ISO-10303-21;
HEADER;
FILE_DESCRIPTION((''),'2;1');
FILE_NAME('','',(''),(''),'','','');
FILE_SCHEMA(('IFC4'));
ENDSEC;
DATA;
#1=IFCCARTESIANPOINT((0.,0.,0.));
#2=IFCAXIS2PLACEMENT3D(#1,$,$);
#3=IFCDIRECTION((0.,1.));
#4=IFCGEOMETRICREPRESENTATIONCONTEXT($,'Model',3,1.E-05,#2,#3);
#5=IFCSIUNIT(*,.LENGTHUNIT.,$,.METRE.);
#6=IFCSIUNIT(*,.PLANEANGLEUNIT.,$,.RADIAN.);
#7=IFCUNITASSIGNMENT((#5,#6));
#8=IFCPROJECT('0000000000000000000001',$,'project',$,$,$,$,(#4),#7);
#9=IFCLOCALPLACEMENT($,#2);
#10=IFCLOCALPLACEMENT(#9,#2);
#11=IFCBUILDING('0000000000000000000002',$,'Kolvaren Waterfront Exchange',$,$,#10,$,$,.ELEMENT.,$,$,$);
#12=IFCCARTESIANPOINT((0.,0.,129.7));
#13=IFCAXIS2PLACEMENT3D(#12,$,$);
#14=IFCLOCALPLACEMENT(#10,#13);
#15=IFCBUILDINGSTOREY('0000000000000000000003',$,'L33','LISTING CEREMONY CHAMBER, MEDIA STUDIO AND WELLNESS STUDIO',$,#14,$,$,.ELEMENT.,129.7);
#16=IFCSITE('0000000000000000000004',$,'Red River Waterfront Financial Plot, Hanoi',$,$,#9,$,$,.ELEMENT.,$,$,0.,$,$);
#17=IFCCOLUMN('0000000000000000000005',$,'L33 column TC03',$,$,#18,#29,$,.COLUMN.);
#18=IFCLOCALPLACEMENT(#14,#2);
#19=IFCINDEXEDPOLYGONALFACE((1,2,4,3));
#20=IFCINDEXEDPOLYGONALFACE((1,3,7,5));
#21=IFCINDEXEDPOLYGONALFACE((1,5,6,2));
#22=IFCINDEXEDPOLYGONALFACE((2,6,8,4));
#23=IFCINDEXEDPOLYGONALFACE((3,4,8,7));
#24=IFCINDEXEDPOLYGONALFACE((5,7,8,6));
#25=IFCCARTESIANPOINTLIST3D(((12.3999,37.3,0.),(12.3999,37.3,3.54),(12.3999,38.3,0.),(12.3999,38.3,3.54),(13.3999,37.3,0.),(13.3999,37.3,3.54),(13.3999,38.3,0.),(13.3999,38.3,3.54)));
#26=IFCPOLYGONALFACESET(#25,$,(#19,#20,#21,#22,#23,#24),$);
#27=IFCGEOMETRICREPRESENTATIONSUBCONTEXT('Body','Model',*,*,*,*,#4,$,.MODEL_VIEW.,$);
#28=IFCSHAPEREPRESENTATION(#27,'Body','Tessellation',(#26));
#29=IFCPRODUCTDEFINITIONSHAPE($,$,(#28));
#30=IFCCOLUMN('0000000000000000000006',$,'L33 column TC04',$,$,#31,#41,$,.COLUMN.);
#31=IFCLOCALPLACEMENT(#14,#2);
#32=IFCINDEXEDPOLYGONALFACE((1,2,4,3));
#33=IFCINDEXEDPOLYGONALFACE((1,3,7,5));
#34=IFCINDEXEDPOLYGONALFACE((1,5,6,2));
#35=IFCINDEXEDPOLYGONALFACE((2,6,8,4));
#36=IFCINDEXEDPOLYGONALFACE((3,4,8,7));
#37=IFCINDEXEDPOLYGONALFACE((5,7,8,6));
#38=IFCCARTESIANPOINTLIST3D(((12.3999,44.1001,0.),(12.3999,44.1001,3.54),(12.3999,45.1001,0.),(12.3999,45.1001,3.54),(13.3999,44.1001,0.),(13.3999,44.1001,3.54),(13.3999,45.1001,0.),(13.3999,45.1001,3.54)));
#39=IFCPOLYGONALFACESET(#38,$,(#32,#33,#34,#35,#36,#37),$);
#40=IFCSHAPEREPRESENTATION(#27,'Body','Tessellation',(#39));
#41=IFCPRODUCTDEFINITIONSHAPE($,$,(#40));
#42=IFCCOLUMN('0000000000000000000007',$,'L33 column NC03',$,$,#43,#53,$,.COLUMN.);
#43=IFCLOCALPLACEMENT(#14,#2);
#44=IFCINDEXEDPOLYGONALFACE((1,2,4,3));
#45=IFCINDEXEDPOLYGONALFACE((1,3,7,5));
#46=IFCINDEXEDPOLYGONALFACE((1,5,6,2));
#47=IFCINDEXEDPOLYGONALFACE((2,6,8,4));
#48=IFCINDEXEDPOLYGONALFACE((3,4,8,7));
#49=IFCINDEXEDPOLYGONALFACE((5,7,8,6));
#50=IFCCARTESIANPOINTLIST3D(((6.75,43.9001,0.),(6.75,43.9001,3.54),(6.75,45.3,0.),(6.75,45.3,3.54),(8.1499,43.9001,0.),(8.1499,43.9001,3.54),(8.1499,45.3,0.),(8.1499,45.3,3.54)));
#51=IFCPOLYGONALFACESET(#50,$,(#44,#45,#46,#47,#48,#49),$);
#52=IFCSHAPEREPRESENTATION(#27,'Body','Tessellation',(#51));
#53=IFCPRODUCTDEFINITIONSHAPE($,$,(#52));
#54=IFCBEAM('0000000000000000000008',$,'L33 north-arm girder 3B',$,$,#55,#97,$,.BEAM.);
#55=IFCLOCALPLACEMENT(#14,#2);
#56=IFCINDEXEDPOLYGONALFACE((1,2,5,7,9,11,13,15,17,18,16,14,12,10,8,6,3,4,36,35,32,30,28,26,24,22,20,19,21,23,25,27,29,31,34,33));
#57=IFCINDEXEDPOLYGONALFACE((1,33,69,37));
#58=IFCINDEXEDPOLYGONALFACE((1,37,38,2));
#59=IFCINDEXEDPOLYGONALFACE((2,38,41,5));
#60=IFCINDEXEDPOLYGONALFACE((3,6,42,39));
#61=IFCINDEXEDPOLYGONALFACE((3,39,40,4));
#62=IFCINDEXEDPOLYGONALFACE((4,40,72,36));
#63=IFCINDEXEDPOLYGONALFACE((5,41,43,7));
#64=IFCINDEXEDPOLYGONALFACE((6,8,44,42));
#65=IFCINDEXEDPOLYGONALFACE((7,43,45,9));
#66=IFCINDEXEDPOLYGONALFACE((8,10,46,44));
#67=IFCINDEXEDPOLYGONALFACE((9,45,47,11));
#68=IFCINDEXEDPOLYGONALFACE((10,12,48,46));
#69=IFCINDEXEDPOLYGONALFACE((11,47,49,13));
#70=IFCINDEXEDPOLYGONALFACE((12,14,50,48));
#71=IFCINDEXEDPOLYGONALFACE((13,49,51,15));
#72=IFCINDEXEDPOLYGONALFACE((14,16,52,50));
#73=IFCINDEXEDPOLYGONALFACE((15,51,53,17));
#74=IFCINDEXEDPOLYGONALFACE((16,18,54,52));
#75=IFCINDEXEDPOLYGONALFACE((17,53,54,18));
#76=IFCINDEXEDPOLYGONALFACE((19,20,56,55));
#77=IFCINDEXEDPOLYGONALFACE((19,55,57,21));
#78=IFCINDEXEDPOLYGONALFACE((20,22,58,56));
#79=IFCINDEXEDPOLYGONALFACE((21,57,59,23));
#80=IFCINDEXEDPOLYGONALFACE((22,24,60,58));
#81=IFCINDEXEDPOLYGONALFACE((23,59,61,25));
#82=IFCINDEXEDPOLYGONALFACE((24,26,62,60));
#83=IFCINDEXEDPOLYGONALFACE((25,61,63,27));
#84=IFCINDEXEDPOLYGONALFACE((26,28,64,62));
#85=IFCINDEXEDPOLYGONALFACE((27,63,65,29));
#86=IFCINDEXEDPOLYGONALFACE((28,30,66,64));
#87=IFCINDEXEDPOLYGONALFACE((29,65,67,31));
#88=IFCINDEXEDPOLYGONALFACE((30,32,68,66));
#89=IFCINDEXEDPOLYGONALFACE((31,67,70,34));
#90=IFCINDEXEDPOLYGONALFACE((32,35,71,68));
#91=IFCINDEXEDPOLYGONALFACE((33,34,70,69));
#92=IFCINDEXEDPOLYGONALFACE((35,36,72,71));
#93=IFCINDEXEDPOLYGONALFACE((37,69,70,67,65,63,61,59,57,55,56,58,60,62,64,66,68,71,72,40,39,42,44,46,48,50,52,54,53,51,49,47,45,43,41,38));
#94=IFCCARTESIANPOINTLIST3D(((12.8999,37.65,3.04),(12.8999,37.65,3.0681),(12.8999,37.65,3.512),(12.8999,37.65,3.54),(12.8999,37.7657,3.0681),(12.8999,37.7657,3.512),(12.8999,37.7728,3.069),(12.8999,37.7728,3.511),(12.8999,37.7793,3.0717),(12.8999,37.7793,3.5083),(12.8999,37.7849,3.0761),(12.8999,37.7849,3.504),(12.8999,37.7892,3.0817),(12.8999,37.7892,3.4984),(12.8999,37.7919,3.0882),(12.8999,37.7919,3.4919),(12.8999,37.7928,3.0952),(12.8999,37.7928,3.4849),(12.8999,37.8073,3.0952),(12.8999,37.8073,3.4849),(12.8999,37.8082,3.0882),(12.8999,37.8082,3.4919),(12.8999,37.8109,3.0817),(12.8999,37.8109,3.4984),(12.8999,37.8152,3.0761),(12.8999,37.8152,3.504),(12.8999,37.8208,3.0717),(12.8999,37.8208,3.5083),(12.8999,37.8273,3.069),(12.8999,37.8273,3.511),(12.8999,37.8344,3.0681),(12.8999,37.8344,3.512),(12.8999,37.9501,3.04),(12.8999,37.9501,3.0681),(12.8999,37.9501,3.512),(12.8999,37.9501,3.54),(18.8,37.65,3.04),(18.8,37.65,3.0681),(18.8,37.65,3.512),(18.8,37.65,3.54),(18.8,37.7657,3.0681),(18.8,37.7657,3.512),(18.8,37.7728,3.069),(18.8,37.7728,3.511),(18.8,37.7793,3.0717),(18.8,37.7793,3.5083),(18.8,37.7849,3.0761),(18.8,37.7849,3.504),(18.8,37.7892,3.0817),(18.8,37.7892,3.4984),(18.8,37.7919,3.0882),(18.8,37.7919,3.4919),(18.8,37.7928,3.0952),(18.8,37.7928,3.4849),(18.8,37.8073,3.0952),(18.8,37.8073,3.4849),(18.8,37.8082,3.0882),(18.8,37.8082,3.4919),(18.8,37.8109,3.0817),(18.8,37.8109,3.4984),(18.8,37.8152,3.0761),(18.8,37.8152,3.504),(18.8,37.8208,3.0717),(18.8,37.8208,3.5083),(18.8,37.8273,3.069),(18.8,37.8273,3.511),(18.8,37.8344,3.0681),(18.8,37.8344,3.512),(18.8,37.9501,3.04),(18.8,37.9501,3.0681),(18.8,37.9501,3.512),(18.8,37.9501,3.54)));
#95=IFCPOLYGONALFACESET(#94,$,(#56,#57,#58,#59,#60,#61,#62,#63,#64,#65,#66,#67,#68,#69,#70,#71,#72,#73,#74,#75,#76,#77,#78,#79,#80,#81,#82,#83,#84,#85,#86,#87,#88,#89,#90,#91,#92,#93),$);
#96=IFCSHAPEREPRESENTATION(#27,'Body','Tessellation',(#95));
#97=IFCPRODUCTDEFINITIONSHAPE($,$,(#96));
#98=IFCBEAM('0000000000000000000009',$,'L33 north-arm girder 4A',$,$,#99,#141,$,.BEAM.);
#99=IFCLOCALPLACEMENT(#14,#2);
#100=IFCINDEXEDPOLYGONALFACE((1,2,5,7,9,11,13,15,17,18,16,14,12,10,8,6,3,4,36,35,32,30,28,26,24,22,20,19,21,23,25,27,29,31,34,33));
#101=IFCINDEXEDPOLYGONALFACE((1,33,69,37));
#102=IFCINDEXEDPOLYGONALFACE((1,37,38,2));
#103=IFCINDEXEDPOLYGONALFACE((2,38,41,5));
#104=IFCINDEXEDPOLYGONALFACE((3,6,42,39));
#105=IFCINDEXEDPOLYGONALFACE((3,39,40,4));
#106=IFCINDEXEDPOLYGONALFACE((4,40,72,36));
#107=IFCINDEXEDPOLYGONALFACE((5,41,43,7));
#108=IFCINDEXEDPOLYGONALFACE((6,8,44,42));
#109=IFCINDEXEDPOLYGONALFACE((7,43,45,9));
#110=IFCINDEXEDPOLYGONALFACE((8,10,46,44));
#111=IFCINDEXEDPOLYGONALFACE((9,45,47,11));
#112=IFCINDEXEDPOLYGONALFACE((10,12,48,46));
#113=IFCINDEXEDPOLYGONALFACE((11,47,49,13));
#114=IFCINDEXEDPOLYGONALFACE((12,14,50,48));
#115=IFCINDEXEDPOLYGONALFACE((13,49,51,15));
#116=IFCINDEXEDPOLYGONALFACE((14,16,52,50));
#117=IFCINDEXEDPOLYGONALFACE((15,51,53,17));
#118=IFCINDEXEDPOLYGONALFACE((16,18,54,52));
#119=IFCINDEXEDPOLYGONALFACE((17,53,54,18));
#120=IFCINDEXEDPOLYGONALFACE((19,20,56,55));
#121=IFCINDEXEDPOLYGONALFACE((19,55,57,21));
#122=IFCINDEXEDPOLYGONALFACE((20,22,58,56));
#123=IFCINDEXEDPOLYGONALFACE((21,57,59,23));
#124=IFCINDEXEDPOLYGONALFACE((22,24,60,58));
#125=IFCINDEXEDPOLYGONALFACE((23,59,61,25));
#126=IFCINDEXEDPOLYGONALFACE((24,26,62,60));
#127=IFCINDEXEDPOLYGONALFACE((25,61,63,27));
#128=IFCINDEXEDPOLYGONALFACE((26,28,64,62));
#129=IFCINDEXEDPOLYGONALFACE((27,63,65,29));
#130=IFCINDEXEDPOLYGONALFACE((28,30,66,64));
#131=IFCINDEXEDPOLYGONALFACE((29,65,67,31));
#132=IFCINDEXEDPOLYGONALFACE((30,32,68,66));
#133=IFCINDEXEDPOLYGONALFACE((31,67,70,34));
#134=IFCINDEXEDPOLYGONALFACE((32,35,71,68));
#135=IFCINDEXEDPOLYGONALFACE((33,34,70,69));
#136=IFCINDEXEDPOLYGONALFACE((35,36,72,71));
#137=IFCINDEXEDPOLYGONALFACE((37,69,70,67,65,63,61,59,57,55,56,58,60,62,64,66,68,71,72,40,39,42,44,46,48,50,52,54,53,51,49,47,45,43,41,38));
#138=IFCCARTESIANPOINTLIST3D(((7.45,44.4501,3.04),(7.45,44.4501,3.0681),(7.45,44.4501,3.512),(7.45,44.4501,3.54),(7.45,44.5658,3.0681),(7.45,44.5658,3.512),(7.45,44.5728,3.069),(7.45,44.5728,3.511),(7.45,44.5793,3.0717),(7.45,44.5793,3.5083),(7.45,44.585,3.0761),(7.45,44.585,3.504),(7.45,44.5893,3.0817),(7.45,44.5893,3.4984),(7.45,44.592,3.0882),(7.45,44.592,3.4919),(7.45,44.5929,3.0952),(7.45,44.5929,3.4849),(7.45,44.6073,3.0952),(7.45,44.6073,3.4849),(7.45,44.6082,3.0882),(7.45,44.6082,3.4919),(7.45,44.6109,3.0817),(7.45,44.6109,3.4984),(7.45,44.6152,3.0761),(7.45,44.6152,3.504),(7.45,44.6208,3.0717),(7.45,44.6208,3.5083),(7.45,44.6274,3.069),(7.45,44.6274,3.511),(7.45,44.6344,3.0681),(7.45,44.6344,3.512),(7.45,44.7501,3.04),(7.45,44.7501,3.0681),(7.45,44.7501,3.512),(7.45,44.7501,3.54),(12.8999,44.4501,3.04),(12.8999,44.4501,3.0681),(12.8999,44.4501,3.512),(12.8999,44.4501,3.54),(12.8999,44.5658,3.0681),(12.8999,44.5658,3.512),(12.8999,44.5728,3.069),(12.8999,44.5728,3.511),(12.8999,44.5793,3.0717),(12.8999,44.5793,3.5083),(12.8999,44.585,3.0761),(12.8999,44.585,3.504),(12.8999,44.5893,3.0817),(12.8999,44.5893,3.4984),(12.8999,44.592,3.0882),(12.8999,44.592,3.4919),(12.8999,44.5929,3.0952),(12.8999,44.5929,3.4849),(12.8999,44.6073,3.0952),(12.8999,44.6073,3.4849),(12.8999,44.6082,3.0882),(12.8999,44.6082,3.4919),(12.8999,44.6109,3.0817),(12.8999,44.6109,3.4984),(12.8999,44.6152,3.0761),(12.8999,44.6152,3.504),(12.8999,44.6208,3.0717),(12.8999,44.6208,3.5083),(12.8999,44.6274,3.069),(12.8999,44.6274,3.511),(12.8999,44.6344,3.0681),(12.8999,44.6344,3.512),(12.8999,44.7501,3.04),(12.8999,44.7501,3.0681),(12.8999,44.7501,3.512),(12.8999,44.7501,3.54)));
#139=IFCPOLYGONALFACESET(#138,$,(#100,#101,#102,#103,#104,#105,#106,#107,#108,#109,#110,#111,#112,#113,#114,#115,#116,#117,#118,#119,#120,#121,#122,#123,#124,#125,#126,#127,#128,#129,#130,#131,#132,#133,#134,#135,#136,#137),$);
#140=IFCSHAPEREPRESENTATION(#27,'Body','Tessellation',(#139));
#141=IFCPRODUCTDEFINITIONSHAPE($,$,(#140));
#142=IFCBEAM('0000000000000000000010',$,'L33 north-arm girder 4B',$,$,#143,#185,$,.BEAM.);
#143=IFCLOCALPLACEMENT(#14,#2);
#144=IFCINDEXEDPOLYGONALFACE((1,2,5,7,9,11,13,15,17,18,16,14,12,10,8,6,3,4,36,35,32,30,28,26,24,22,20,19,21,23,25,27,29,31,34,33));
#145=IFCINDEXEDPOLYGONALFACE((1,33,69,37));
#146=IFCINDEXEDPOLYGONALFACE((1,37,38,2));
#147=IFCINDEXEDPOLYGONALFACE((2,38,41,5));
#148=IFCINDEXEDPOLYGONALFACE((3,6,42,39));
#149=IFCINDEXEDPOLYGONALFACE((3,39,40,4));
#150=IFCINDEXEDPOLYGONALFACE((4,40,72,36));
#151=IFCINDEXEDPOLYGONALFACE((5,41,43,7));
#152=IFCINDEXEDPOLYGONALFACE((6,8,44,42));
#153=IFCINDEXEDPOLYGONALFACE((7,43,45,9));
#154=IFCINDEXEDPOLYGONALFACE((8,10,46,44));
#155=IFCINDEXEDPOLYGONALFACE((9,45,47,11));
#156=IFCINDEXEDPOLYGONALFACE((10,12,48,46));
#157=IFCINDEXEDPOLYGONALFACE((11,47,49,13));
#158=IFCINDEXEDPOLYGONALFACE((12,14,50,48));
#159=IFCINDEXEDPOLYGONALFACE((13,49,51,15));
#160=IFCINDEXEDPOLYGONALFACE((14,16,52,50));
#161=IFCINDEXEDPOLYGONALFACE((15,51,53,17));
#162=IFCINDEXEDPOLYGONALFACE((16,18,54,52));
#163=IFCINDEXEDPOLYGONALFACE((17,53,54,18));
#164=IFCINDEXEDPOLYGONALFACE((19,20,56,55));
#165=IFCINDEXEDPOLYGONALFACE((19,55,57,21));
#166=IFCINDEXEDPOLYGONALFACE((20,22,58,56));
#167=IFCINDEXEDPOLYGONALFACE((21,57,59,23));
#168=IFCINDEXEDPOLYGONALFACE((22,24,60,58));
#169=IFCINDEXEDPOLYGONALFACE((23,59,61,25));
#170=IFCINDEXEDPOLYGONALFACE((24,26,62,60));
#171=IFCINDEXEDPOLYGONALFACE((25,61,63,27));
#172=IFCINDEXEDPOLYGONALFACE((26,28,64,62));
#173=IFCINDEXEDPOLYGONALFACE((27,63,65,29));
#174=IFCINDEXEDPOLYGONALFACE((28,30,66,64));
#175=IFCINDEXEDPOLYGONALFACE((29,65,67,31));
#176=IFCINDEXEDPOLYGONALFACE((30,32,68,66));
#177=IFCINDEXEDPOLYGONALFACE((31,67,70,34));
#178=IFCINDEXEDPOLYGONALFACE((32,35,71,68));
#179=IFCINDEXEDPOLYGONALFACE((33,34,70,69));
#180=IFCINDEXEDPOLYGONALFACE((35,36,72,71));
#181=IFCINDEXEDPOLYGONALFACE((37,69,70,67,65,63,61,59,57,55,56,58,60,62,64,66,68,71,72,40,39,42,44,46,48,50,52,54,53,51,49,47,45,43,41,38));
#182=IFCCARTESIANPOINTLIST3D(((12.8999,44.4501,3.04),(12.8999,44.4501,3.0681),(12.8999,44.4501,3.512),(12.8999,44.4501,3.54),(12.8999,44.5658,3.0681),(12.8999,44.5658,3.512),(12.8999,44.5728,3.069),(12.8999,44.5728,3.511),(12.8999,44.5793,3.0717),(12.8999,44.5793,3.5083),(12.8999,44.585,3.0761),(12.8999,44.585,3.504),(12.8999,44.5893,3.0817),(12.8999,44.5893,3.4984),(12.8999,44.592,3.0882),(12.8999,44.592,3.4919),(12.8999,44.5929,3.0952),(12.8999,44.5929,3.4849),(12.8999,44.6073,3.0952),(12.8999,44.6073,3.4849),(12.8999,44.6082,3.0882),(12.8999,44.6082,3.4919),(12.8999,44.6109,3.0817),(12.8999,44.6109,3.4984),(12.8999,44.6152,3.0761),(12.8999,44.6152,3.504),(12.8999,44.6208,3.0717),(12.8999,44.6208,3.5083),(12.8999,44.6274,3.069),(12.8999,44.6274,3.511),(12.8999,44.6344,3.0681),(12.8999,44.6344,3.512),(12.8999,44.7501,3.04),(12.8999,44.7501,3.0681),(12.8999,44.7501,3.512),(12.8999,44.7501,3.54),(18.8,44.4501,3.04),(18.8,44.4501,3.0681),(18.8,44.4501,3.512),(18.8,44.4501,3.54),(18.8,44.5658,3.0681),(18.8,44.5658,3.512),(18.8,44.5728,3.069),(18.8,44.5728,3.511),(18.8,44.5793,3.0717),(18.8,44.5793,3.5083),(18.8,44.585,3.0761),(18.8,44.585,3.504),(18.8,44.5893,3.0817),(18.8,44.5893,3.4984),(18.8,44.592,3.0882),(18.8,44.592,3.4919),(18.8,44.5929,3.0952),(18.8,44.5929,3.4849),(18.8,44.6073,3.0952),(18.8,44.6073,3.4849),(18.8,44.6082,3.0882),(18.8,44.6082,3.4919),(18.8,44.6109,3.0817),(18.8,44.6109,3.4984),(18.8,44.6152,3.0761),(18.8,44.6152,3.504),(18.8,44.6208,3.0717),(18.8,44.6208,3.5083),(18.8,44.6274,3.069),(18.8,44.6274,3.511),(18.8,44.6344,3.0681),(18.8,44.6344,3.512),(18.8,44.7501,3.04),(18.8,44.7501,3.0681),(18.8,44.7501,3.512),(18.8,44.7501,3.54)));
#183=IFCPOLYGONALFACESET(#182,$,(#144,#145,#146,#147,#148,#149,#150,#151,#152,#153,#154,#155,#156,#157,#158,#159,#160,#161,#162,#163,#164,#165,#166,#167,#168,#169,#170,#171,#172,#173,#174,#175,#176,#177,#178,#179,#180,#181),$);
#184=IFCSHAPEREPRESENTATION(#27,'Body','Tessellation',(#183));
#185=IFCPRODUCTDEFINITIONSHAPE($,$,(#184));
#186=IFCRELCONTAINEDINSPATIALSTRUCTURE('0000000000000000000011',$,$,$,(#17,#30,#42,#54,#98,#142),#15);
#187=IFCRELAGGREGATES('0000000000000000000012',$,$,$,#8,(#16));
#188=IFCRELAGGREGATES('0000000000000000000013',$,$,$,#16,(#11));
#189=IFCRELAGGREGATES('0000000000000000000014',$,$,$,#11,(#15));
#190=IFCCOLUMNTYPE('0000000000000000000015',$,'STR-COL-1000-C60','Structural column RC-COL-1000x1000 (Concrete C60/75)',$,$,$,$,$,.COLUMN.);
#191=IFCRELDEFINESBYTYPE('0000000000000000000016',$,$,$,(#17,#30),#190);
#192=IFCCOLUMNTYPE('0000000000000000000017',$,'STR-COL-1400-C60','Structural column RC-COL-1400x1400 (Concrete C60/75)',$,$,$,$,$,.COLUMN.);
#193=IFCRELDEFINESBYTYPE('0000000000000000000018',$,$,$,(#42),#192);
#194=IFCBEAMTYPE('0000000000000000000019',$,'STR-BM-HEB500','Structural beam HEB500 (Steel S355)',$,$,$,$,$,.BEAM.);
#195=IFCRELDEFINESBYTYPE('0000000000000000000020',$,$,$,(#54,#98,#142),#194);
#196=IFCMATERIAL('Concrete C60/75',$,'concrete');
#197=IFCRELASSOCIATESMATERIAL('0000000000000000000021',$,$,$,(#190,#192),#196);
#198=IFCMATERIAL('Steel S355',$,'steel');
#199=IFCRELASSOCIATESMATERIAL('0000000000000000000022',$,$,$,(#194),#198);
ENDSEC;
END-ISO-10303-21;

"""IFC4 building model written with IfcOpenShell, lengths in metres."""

from ifc_helpers import new_model, si_unit, direction, frame, origin, origin_2d, place, context, subcontext, project, spatial, rectangle, i_section, extrude, material, material_profile, profile_set, type_object, element, save


model = new_model("IFC4")

# Units and contexts
model_context = context("Model", 3, precision=1e-05, world=origin(), true_north=direction((0.0, 1.0)))
body_context = subcontext(model_context, "Body", "Model", "MODEL_VIEW")
ifc_project = project(units=[si_unit("LENGTHUNIT", "METRE"), si_unit("PLANEANGLEUNIT", "RADIAN")], contexts=[model_context])

# Site, building, storey
site_placement = place(None, origin())
site = spatial("IfcSite", under=ifc_project, at=site_placement, Name="Red River Waterfront Financial Plot, Hanoi", CompositionType="ELEMENT", RefElevation=0.0)
building_placement = place(site_placement, origin())
building = spatial("IfcBuilding", under=site, at=building_placement, Name="Kolvaren Waterfront Exchange", CompositionType="ELEMENT")
storey_placement = place(building_placement, frame((0.0, 0.0, 129.7)))
storey = spatial("IfcBuildingStorey", under=building, at=storey_placement, Name="L33", Description="LISTING CEREMONY CHAMBER, MEDIA STUDIO AND WELLNESS STUDIO", CompositionType="ELEMENT", Elevation=129.7)

# Columns
ifc_material_1 = material(Name="Concrete C60/75", Category="concrete")
ifc_material_profile_1 = material_profile(ifc_material_1, rectangle(XDim=1.0, YDim=1.0, at=origin_2d()), Name="RC-COL-1000x1000")
ifc_profile_set_1 = profile_set([ifc_material_profile_1], Name="Concrete C60/75")
column_type_1 = type_object("IfcColumnType", Name="STR-COL-1000-C60", Description="Structural column RC-COL-1000x1000 (Concrete C60/75)", PredefinedType="COLUMN", material=ifc_profile_set_1)
for number, where, z_axis, x_axis, name in (
    (1, (12.8999, 37.8, 0.0), (0.0, 0.0, 1.0), (1.0, 0.0, 0.0), "L33 column TC03"),
    (2, (12.8999, 44.6001, 0.0), (0.0, 0.0, 1.0), (1.0, 0.0, 0.0), "L33 column TC04"),
):
    element("IfcColumn", number, at=place(storey_placement, frame(where, z_axis=z_axis, x_axis=x_axis)), inside=storey, type_object=column_type_1, Name=name, PredefinedType="COLUMN", context=body_context, shape_type="SweptSolid", body=[
        extrude(rectangle(XDim=1.0, YDim=1.0, at=origin_2d()), origin(), (0.0, 0.0, 1.0), 3.54),
    ])
ifc_material_profile_2 = material_profile(ifc_material_1, rectangle(XDim=1.3999, YDim=1.3999, at=origin_2d()), Name="RC-COL-1400x1400")
ifc_profile_set_2 = profile_set([ifc_material_profile_2], Name="Concrete C60/75")
column_type_2 = type_object("IfcColumnType", Name="STR-COL-1400-C60", Description="Structural column RC-COL-1400x1400 (Concrete C60/75)", PredefinedType="COLUMN", material=ifc_profile_set_2)
column_placement = place(storey_placement, frame((7.45, 44.6001, 0.0), z_axis=(0.0, 0.0, 1.0), x_axis=(1.0, 0.0, 0.0)))
element("IfcColumn", 3, at=column_placement, inside=storey, type_object=column_type_2, Name="L33 column NC03", PredefinedType="COLUMN", context=body_context, shape_type="SweptSolid", body=[
    extrude(rectangle(XDim=1.3999, YDim=1.3999, at=origin_2d()), origin(), (0.0, 0.0, 1.0), 3.54),
])

# Beams
ifc_material_2 = material(Name="Steel S355", Category="steel")
ifc_material_profile_3 = material_profile(ifc_material_2, i_section(OverallWidth=0.3, OverallDepth=0.5, WebThickness=0.0144, FlangeThickness=0.0281, FilletRadius=0.0271, at=origin_2d()), Name="HEB500")
ifc_profile_set_3 = profile_set([ifc_material_profile_3], Name="Steel S355")
beam_type_1 = type_object("IfcBeamType", Name="STR-BM-HEB500", Description="Structural beam HEB500 (Steel S355)", PredefinedType="BEAM", material=ifc_profile_set_3)
beam_1_placement = place(storey_placement, frame((12.8999, 37.8, 3.29), z_axis=(1.0, 0.0, 0.0), x_axis=(0.0, 1.0, 0.0)))
element("IfcBeam", 4, at=beam_1_placement, inside=storey, type_object=beam_type_1, Name="L33 north-arm girder 3B", PredefinedType="BEAM", context=body_context, shape_type="SweptSolid", body=[
    extrude(i_section(OverallWidth=0.3, OverallDepth=0.5, WebThickness=0.0144, FlangeThickness=0.0281, FilletRadius=0.0271, at=origin_2d()), origin(), (0.0, 0.0, 1.0), 5.9001),
])
beam_2_placement = place(storey_placement, frame((7.45, 44.6001, 3.29), z_axis=(1.0, 0.0, 0.0), x_axis=(0.0, 1.0, 0.0)))
element("IfcBeam", 5, at=beam_2_placement, inside=storey, type_object=beam_type_1, Name="L33 north-arm girder 4A", PredefinedType="BEAM", context=body_context, shape_type="SweptSolid", body=[
    extrude(i_section(OverallWidth=0.3, OverallDepth=0.5, WebThickness=0.0144, FlangeThickness=0.0281, FilletRadius=0.0271, at=origin_2d()), origin(), (0.0, 0.0, 1.0), 5.45),
])
beam_3_placement = place(storey_placement, frame((12.8999, 44.6001, 3.29), z_axis=(1.0, 0.0, 0.0), x_axis=(0.0, 1.0, 0.0)))
element("IfcBeam", 6, at=beam_3_placement, inside=storey, type_object=beam_type_1, Name="L33 north-arm girder 4B", PredefinedType="BEAM", context=body_context, shape_type="SweptSolid", body=[
    extrude(i_section(OverallWidth=0.3, OverallDepth=0.5, WebThickness=0.0144, FlangeThickness=0.0281, FilletRadius=0.0271, at=origin_2d()), origin(), (0.0, 0.0, 1.0), 5.9001),
])

save(model, "model.ifc")
